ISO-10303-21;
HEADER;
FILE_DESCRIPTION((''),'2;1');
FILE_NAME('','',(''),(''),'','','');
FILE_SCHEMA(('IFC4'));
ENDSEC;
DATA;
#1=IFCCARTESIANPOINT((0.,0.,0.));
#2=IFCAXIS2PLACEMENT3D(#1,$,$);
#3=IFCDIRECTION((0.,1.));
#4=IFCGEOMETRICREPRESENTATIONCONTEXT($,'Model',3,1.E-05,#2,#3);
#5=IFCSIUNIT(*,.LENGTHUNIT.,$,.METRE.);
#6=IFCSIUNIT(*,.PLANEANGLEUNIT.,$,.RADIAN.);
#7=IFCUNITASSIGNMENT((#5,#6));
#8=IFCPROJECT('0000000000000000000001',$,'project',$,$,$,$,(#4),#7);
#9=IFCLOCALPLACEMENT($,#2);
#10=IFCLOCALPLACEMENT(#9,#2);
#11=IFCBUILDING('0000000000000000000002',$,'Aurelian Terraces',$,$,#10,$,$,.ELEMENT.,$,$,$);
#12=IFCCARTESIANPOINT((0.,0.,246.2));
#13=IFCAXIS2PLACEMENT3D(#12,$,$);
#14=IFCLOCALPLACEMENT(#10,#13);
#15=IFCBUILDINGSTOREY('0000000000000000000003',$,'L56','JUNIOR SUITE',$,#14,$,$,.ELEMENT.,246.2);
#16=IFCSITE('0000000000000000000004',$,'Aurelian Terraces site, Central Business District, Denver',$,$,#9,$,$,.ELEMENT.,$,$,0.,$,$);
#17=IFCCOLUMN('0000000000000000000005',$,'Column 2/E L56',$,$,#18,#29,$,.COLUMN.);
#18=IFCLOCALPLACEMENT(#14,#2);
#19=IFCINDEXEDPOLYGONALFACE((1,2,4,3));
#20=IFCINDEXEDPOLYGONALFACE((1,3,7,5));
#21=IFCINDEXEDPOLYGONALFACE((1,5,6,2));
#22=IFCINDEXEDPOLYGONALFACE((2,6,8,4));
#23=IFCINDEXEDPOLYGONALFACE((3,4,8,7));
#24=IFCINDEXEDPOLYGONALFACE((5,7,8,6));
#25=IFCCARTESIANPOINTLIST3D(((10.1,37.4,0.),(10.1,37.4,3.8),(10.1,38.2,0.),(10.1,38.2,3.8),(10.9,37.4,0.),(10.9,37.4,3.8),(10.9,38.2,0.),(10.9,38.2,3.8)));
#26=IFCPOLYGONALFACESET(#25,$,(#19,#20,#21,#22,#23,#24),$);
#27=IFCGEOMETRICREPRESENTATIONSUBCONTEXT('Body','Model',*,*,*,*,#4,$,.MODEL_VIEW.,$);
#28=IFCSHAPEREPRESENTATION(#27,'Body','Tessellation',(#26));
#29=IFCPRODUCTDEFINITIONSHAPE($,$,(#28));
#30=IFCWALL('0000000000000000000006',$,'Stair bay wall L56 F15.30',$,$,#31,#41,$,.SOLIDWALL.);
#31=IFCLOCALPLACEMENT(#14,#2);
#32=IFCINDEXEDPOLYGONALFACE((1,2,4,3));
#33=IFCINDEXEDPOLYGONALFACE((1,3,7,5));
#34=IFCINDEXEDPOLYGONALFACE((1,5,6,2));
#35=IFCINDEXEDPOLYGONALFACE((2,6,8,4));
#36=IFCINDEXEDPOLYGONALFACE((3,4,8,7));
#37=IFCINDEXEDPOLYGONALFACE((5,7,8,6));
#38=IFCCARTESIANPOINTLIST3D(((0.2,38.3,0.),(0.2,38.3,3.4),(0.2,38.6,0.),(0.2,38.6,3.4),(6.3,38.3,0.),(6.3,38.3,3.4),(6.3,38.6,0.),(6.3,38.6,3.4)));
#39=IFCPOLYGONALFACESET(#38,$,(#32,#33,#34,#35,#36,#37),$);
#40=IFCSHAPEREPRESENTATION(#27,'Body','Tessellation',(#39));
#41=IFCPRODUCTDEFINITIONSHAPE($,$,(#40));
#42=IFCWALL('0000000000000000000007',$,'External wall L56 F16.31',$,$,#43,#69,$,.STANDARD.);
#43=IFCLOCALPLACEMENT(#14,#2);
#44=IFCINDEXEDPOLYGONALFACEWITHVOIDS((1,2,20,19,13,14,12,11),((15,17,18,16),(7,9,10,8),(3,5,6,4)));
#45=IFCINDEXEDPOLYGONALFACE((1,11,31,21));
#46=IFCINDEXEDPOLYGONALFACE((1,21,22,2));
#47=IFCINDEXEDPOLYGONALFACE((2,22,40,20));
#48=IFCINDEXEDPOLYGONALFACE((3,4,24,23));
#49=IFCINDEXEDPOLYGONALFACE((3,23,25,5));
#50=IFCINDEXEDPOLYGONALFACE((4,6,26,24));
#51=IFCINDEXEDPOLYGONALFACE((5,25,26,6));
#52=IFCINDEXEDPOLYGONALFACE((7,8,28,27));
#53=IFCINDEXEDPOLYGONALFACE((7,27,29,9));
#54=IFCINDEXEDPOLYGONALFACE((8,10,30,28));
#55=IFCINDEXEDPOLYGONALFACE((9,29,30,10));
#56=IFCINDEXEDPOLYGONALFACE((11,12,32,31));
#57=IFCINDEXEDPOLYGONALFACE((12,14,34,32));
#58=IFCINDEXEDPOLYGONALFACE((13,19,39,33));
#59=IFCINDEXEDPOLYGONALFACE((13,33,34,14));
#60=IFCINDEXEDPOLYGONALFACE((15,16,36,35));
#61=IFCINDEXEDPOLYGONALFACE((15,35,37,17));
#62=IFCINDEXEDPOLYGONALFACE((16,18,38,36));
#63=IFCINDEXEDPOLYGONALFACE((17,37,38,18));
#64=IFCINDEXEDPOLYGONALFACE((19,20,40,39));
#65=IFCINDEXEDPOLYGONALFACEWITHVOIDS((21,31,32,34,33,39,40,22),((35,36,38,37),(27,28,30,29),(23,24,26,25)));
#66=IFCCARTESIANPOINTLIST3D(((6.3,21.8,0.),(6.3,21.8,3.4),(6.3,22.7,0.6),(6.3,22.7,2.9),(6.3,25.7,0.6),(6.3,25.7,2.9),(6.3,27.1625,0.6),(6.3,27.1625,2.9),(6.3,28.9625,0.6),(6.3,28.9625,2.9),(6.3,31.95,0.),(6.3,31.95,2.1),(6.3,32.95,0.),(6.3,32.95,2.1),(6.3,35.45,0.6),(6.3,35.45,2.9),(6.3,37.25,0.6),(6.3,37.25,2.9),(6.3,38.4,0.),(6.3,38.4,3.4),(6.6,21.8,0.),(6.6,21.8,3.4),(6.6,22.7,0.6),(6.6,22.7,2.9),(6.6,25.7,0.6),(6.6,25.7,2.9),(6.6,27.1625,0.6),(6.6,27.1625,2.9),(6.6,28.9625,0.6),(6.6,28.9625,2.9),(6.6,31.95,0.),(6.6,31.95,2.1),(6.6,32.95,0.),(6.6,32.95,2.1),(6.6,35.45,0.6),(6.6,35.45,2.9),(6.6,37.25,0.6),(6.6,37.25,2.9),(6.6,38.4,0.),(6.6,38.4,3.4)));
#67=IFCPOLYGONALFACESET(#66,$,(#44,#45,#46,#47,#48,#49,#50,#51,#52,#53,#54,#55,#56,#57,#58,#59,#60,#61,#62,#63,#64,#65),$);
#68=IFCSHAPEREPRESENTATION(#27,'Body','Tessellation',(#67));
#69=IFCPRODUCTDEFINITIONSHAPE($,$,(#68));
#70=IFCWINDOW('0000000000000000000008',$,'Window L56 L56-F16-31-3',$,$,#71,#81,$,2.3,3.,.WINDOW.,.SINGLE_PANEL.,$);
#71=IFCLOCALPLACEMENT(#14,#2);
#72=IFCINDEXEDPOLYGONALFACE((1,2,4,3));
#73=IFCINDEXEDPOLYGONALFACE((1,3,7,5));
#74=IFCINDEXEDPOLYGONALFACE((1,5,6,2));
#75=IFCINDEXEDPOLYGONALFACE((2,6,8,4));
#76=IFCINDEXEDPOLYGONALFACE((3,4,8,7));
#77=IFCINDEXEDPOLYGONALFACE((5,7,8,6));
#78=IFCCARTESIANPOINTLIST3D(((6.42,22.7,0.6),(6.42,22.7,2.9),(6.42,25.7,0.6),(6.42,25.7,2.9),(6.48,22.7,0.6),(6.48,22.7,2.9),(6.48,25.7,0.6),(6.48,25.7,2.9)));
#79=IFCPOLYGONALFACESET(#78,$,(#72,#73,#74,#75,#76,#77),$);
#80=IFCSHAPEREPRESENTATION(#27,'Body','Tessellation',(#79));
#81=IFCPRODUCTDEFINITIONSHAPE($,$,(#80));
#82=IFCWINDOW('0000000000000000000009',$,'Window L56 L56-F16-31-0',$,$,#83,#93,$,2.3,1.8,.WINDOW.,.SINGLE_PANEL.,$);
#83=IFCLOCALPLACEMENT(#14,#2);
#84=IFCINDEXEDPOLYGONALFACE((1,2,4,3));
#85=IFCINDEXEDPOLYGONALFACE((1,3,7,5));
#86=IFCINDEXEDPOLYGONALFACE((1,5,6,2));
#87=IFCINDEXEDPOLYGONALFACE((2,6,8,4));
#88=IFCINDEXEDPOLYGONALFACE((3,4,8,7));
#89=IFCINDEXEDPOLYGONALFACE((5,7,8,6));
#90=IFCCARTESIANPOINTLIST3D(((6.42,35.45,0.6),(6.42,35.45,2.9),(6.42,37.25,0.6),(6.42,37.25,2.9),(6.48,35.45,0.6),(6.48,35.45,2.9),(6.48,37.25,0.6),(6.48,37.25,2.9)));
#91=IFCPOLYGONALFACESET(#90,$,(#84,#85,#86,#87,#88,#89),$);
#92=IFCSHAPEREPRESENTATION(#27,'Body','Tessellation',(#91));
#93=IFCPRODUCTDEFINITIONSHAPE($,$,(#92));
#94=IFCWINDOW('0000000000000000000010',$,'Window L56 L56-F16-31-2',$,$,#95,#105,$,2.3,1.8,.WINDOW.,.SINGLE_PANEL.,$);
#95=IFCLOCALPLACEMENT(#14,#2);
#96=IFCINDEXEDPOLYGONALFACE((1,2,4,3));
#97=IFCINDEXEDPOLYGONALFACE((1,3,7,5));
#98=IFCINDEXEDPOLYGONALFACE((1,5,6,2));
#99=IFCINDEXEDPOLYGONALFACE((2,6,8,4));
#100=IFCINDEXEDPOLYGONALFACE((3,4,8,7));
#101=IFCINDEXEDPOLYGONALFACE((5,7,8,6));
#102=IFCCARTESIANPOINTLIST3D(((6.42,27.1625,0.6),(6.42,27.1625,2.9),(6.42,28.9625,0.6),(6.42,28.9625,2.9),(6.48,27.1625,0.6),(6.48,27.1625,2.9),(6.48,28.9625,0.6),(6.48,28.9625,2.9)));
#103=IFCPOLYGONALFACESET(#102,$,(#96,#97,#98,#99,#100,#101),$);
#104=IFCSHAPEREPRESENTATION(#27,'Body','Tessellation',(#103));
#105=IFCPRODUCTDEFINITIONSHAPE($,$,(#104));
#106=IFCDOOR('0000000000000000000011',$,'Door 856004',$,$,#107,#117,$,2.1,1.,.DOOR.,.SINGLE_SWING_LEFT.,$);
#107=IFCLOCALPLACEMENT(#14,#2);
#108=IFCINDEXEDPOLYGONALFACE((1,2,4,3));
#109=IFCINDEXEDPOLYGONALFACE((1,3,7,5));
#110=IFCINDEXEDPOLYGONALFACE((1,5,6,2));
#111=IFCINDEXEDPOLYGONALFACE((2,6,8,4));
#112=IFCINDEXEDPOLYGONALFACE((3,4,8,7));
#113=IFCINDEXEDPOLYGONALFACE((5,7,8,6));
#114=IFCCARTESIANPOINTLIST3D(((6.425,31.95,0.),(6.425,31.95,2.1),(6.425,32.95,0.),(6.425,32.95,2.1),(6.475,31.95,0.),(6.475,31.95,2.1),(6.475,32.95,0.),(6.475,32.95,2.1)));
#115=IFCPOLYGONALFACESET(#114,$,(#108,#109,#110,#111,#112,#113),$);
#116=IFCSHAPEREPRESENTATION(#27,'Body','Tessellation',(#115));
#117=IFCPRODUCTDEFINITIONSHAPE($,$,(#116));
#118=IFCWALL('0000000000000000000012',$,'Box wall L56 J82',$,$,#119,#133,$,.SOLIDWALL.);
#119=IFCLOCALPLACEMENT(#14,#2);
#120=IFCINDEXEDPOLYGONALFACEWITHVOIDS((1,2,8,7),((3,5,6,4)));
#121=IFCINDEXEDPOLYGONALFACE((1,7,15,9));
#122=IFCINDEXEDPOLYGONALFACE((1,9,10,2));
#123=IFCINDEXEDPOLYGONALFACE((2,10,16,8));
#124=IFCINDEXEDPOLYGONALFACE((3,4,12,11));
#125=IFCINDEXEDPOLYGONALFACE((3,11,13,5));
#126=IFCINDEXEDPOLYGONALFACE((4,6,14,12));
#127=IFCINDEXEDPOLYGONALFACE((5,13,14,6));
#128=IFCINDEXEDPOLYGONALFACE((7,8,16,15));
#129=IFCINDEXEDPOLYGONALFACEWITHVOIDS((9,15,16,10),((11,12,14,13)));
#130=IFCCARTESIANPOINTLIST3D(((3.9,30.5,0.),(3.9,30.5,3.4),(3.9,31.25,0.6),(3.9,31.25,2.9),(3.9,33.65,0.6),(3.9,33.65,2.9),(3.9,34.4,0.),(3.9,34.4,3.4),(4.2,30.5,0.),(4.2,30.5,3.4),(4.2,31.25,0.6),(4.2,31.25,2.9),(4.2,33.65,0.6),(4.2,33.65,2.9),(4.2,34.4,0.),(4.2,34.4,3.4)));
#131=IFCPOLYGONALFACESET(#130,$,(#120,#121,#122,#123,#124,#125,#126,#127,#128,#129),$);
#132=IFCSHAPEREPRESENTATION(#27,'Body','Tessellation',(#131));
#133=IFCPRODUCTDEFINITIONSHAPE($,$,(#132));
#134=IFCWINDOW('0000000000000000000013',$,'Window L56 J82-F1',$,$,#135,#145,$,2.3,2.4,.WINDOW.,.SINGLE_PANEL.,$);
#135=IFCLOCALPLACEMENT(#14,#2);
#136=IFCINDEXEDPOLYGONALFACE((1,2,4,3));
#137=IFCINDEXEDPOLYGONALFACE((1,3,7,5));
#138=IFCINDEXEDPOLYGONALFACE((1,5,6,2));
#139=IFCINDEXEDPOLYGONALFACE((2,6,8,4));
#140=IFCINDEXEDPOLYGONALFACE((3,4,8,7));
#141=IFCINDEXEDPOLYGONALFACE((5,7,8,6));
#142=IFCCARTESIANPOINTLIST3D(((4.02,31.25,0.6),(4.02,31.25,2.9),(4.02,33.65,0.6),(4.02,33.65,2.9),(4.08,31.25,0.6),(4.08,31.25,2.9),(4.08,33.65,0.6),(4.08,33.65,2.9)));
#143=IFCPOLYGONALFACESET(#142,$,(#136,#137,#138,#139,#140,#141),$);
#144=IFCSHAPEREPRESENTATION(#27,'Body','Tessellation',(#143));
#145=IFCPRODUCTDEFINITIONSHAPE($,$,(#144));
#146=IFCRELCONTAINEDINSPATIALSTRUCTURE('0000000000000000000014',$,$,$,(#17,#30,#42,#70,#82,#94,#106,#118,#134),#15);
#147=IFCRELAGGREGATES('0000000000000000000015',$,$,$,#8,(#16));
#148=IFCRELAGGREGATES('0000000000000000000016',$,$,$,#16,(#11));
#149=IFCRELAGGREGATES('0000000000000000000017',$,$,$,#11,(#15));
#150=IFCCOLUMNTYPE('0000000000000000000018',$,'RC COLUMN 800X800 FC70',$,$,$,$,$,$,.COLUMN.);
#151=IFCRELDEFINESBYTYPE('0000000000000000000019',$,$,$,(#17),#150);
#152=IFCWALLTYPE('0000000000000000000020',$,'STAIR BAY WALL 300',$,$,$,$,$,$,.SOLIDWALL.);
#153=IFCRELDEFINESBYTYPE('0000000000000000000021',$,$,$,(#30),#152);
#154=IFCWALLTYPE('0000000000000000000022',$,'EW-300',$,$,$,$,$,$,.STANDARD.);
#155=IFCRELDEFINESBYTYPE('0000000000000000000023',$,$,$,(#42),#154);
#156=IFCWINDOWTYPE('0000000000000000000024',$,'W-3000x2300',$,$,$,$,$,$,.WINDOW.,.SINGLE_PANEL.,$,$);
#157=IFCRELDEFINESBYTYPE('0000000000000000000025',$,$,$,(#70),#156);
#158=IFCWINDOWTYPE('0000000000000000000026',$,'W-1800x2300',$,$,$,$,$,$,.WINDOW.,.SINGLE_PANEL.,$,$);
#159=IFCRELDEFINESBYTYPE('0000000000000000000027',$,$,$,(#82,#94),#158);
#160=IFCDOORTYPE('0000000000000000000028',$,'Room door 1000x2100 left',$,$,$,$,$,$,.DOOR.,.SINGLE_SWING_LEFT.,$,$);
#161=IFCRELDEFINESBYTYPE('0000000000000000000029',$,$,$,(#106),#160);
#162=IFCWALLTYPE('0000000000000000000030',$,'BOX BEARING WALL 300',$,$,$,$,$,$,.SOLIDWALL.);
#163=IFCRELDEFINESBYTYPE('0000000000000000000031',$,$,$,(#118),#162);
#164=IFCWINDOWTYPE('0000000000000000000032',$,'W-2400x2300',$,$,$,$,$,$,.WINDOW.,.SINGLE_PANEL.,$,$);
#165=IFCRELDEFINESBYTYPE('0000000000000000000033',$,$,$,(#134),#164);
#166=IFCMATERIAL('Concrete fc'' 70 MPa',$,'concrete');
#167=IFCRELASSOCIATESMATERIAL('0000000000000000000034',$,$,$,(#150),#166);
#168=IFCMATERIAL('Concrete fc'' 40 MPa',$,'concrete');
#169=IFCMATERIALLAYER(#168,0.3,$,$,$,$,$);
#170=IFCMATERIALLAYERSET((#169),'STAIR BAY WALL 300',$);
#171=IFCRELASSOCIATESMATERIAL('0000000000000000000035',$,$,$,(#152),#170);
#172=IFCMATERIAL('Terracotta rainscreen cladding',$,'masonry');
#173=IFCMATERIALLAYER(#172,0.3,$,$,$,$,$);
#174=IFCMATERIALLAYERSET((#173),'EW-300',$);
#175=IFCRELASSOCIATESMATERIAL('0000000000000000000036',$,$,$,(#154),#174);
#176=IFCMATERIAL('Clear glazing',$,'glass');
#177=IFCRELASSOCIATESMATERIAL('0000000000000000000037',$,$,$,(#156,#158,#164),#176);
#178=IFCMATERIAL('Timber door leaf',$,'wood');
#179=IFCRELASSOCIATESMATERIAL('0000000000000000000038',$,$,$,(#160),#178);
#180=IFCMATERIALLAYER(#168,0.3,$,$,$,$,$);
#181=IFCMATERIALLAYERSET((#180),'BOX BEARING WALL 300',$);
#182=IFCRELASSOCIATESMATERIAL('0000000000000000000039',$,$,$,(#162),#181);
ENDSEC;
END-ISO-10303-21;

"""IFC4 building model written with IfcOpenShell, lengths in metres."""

from ifc_helpers import new_model, si_unit, direction, frame, frame_2d, origin, origin_2d, place, context, subcontext, project, spatial, rectangle, extrude, source, transform, mapped, material, layer, layer_set, material_profile, profile_set, type_object, element, fill, save


model = new_model("IFC4")

# Units and contexts
model_context = context("Model", 3, precision=1e-05, world=origin(), true_north=direction((0.0, 1.0)))
body_context = subcontext(model_context, "Body", "Model", "MODEL_VIEW")
ifc_project = project(units=[si_unit("LENGTHUNIT", "METRE"), si_unit("PLANEANGLEUNIT", "RADIAN")], contexts=[model_context])

# Site, building, storey
site_placement = place(None, origin())
site = spatial("IfcSite", under=ifc_project, at=site_placement, Name="Aurelian Terraces site, Central Business District, Denver", CompositionType="ELEMENT", RefElevation=0.0)
building_placement = place(site_placement, origin())
building = spatial("IfcBuilding", under=site, at=building_placement, Name="Aurelian Terraces", CompositionType="ELEMENT")
storey_placement = place(building_placement, frame((0.0, 0.0, 246.2)))
storey = spatial("IfcBuildingStorey", under=building, at=storey_placement, Name="L56", Description="JUNIOR SUITE", CompositionType="ELEMENT", Elevation=246.2)

# Column
ifc_material_1 = material(Name="Concrete fc' 70 MPa", Category="concrete")
ifc_material_profile = material_profile(ifc_material_1, rectangle(XDim=0.8, YDim=0.8, at=origin_2d()))
ifc_profile_set = profile_set([ifc_material_profile], Name="Concrete fc' 70 MPa")
column_type = type_object("IfcColumnType", Name="RC COLUMN 800X800 FC70", PredefinedType="COLUMN", material=ifc_profile_set)
shared_shape_1 = source(origin(), body_context, "Body", "SweptSolid", [
    extrude(rectangle(XDim=0.8, YDim=0.8, at=origin_2d()), origin(), (0.0, 0.0, 1.0), 3.8),
])
column_placement = place(storey_placement, frame((10.5, 37.8, 0.0), z_axis=(0.0, 0.0, 1.0), x_axis=(1.0, 0.0, 0.0)))
element("IfcColumn", 1, at=column_placement, inside=storey, type_object=column_type, Name="Column 2/E L56", PredefinedType="COLUMN", context=body_context, shape_type="MappedRepresentation", body=[
    mapped(shared_shape_1, transform((0.0, 0.0, 0.0), scale=1.0)),
])

# Wall
ifc_material_2 = material(Name="Concrete fc' 40 MPa", Category="concrete")
ifc_layer_1 = layer(ifc_material_2, 0.3)
ifc_layer_set_1 = layer_set([ifc_layer_1], Name="STAIR BAY WALL 300")
wall_type_1 = type_object("IfcWallType", Name="STAIR BAY WALL 300", PredefinedType="SOLIDWALL", material=ifc_layer_set_1)
shared_shape_2 = source(origin(), body_context, "Body", "SweptSolid", [
    extrude(rectangle(XDim=6.1, YDim=0.3, at=frame_2d((3.05, 0.0))), origin(), (0.0, 0.0, 1.0), 3.4),
])
wall_1_placement = place(storey_placement, frame((0.2, 38.45, 0.0), z_axis=(0.0, 0.0, 1.0), x_axis=(1.0, 0.0, 0.0)))
element("IfcWall", 2, at=wall_1_placement, inside=storey, type_object=wall_type_1, Name="Stair bay wall L56 F15.30", PredefinedType="SOLIDWALL", context=body_context, shape_type="MappedRepresentation", body=[
    mapped(shared_shape_2, transform((0.0, 0.0, 0.0), scale=1.0)),
])

# Wall, openings, windows, door
ifc_material_3 = material(Name="Terracotta rainscreen cladding", Category="masonry")
ifc_layer_2 = layer(ifc_material_3, 0.3)
ifc_layer_set_2 = layer_set([ifc_layer_2], Name="EW-300")
wall_type_2 = type_object("IfcWallType", Name="EW-300", PredefinedType="STANDARD", material=ifc_layer_set_2)
shared_shape_3 = source(origin(), body_context, "Body", "SweptSolid", [
    extrude(rectangle(XDim=16.6, YDim=0.3, at=frame_2d((8.3, 0.0))), origin(), (0.0, 0.0, 1.0), 3.4),
])
wall_2_placement = place(storey_placement, frame((6.45, 38.4, 0.0), z_axis=(0.0, 0.0, 1.0), x_axis=(0.0, -1.0, 0.0)))
wall_2 = element("IfcWall", 3, at=wall_2_placement, inside=storey, type_object=wall_type_2, Name="External wall L56 F16.31", PredefinedType="STANDARD", context=body_context, shape_type="MappedRepresentation", body=[
    mapped(shared_shape_3, transform((0.0, 0.0, 0.0), scale=1.0)),
])
shared_shape_4 = source(origin(), body_context, "Body", "SweptSolid", [
    extrude(rectangle(XDim=1.8, YDim=2.3, at=frame_2d((0.9, 1.15))), frame((0.0, 0.16, 0.0), z_axis=(0.0, -1.0, 0.0), x_axis=(1.0, 0.0, 0.0)), (0.0, 0.0, 1.0), 0.32),
])
opening_1_placement = place(wall_2_placement, frame((1.15, 0.0, 0.6)))
opening_1 = element("IfcOpeningElement", 4, at=opening_1_placement, cuts=wall_2, PredefinedType="OPENING", context=body_context, shape_type="MappedRepresentation", body=[
    mapped(shared_shape_4, transform((0.0, 0.0, 0.0), scale=1.0)),
])
opening_2_placement = place(wall_2_placement, frame((9.4375, 0.0, 0.6)))
opening_2 = element("IfcOpeningElement", 5, at=opening_2_placement, cuts=wall_2, PredefinedType="OPENING", context=body_context, shape_type="MappedRepresentation", body=[
    mapped(shared_shape_4, transform((0.0, 0.0, 0.0), scale=1.0)),
])
shared_shape_5 = source(origin(), body_context, "Body", "SweptSolid", [
    extrude(rectangle(XDim=3.0, YDim=2.3, at=frame_2d((1.5, 1.15))), frame((0.0, 0.16, 0.0), z_axis=(0.0, -1.0, 0.0), x_axis=(1.0, 0.0, 0.0)), (0.0, 0.0, 1.0), 0.32),
])
opening_3_placement = place(wall_2_placement, frame((12.7, 0.0, 0.6)))
opening_3 = element("IfcOpeningElement", 6, at=opening_3_placement, cuts=wall_2, PredefinedType="OPENING", context=body_context, shape_type="MappedRepresentation", body=[
    mapped(shared_shape_5, transform((0.0, 0.0, 0.0), scale=1.0)),
])
shared_shape_6 = source(origin(), body_context, "Body", "SweptSolid", [
    extrude(rectangle(XDim=1.0, YDim=2.1, at=frame_2d((0.5, 1.05))), frame((0.0, 0.16, 0.0), z_axis=(0.0, -1.0, 0.0), x_axis=(1.0, 0.0, 0.0)), (0.0, 0.0, 1.0), 0.32),
])
opening_4_placement = place(wall_2_placement, frame((5.45, 0.0, 0.0)))
opening_4 = element("IfcOpeningElement", 7, at=opening_4_placement, cuts=wall_2, PredefinedType="OPENING", context=body_context, shape_type="MappedRepresentation", body=[
    mapped(shared_shape_6, transform((0.0, 0.0, 0.0), scale=1.0)),
])
ifc_material_4 = material(Name="Clear glazing", Category="glass")
window_type_1 = type_object("IfcWindowType", Name="W-3000x2300", PartitioningType="SINGLE_PANEL", PredefinedType="WINDOW", material=ifc_material_4)
shared_shape_7 = source(origin(), body_context, "Body", "SweptSolid", [
    extrude(rectangle(XDim=3.0, YDim=2.3, at=frame_2d((1.5, 1.15))), frame((0.0, 0.03, 0.0), z_axis=(0.0, -1.0, 0.0), x_axis=(1.0, 0.0, 0.0)), (0.0, 0.0, 1.0), 0.06),
])
window_1_placement = place(opening_3_placement, origin())
window_1 = element("IfcWindow", 8, at=window_1_placement, inside=storey, type_object=window_type_1, Name="Window L56 L56-F16-31-3", OverallHeight=2.3, OverallWidth=3.0, PartitioningType="SINGLE_PANEL", PredefinedType="WINDOW", context=body_context, shape_type="MappedRepresentation", body=[
    mapped(shared_shape_7, transform((0.0, 0.0, 0.0), scale=1.0)),
])
fill(opening_3, window_1)
window_type_2 = type_object("IfcWindowType", Name="W-1800x2300", PartitioningType="SINGLE_PANEL", PredefinedType="WINDOW", material=ifc_material_4)
shared_shape_8 = source(origin(), body_context, "Body", "SweptSolid", [
    extrude(rectangle(XDim=1.8, YDim=2.3, at=frame_2d((0.9, 1.15))), frame((0.0, 0.03, 0.0), z_axis=(0.0, -1.0, 0.0), x_axis=(1.0, 0.0, 0.0)), (0.0, 0.0, 1.0), 0.06),
])
window_2_placement = place(opening_1_placement, origin())
window_2 = element("IfcWindow", 9, at=window_2_placement, inside=storey, type_object=window_type_2, Name="Window L56 L56-F16-31-0", OverallHeight=2.3, OverallWidth=1.8, PartitioningType="SINGLE_PANEL", PredefinedType="WINDOW", context=body_context, shape_type="MappedRepresentation", body=[
    mapped(shared_shape_8, transform((0.0, 0.0, 0.0), scale=1.0)),
])
fill(opening_1, window_2)
window_3_placement = place(opening_2_placement, origin())
window_3 = element("IfcWindow", 10, at=window_3_placement, inside=storey, type_object=window_type_2, Name="Window L56 L56-F16-31-2", OverallHeight=2.3, OverallWidth=1.8, PartitioningType="SINGLE_PANEL", PredefinedType="WINDOW", context=body_context, shape_type="MappedRepresentation", body=[
    mapped(shared_shape_8, transform((0.0, 0.0, 0.0), scale=1.0)),
])
fill(opening_2, window_3)
ifc_material_5 = material(Name="Timber door leaf", Category="wood")
door_type_1 = type_object("IfcDoorType", Name="Room door 1000x2100 left", OperationType="SINGLE_SWING_LEFT", PredefinedType="DOOR", material=ifc_material_5)
shared_shape_9 = source(origin(), body_context, "Body", "SweptSolid", [
    extrude(rectangle(XDim=1.0, YDim=2.1, at=frame_2d((0.5, 1.05))), frame((0.0, 0.025, 0.0), z_axis=(0.0, -1.0, 0.0), x_axis=(1.0, 0.0, 0.0)), (0.0, 0.0, 1.0), 0.05),
])
door_1_placement = place(opening_4_placement, origin())
door_1 = element("IfcDoor", 11, at=door_1_placement, inside=storey, type_object=door_type_1, Name="Door 856004", OperationType="SINGLE_SWING_LEFT", OverallHeight=2.1, OverallWidth=1.0, PredefinedType="DOOR", context=body_context, shape_type="MappedRepresentation", body=[
    mapped(shared_shape_9, transform((0.0, 0.0, 0.0), scale=1.0)),
])
fill(opening_4, door_1)

# Wall, opening, window
ifc_layer_3 = layer(ifc_material_2, 0.3)
ifc_layer_set_3 = layer_set([ifc_layer_3], Name="BOX BEARING WALL 300")
wall_type_3 = type_object("IfcWallType", Name="BOX BEARING WALL 300", PredefinedType="SOLIDWALL", material=ifc_layer_set_3)
shared_shape_10 = source(origin(), body_context, "Body", "SweptSolid", [
    extrude(rectangle(XDim=3.9, YDim=0.3, at=frame_2d((1.95, 0.0))), origin(), (0.0, 0.0, 1.0), 3.4),
])
wall_3_placement = place(storey_placement, frame((4.05, 34.4, 0.0), z_axis=(0.0, 0.0, 1.0), x_axis=(0.0, -1.0, 0.0)))
wall_3 = element("IfcWall", 12, at=wall_3_placement, inside=storey, type_object=wall_type_3, Name="Box wall L56 J82", PredefinedType="SOLIDWALL", context=body_context, shape_type="MappedRepresentation", body=[
    mapped(shared_shape_10, transform((0.0, 0.0, 0.0), scale=1.0)),
])
shared_shape_11 = source(origin(), body_context, "Body", "SweptSolid", [
    extrude(rectangle(XDim=2.4, YDim=2.3, at=frame_2d((1.2, 1.15))), frame((0.0, 0.16, 0.0), z_axis=(0.0, -1.0, 0.0), x_axis=(1.0, 0.0, 0.0)), (0.0, 0.0, 1.0), 0.32),
])
opening_5_placement = place(wall_3_placement, frame((0.75, 0.0, 0.6)))
opening_5 = element("IfcOpeningElement", 13, at=opening_5_placement, cuts=wall_3, PredefinedType="OPENING", context=body_context, shape_type="MappedRepresentation", body=[
    mapped(shared_shape_11, transform((0.0, 0.0, 0.0), scale=1.0)),
])
window_type_3 = type_object("IfcWindowType", Name="W-2400x2300", PartitioningType="SINGLE_PANEL", PredefinedType="WINDOW", material=ifc_material_4)
shared_shape_12 = source(origin(), body_context, "Body", "SweptSolid", [
    extrude(rectangle(XDim=2.4, YDim=2.3, at=frame_2d((1.2, 1.15))), frame((0.0, 0.03, 0.0), z_axis=(0.0, -1.0, 0.0), x_axis=(1.0, 0.0, 0.0)), (0.0, 0.0, 1.0), 0.06),
])
window_4_placement = place(opening_5_placement, origin())
window_4 = element("IfcWindow", 14, at=window_4_placement, inside=storey, type_object=window_type_3, Name="Window L56 J82-F1", OverallHeight=2.3, OverallWidth=2.4, PartitioningType="SINGLE_PANEL", PredefinedType="WINDOW", context=body_context, shape_type="MappedRepresentation", body=[
    mapped(shared_shape_12, transform((0.0, 0.0, 0.0), scale=1.0)),
])
fill(opening_5, window_4)

save(model, "model.ifc")
